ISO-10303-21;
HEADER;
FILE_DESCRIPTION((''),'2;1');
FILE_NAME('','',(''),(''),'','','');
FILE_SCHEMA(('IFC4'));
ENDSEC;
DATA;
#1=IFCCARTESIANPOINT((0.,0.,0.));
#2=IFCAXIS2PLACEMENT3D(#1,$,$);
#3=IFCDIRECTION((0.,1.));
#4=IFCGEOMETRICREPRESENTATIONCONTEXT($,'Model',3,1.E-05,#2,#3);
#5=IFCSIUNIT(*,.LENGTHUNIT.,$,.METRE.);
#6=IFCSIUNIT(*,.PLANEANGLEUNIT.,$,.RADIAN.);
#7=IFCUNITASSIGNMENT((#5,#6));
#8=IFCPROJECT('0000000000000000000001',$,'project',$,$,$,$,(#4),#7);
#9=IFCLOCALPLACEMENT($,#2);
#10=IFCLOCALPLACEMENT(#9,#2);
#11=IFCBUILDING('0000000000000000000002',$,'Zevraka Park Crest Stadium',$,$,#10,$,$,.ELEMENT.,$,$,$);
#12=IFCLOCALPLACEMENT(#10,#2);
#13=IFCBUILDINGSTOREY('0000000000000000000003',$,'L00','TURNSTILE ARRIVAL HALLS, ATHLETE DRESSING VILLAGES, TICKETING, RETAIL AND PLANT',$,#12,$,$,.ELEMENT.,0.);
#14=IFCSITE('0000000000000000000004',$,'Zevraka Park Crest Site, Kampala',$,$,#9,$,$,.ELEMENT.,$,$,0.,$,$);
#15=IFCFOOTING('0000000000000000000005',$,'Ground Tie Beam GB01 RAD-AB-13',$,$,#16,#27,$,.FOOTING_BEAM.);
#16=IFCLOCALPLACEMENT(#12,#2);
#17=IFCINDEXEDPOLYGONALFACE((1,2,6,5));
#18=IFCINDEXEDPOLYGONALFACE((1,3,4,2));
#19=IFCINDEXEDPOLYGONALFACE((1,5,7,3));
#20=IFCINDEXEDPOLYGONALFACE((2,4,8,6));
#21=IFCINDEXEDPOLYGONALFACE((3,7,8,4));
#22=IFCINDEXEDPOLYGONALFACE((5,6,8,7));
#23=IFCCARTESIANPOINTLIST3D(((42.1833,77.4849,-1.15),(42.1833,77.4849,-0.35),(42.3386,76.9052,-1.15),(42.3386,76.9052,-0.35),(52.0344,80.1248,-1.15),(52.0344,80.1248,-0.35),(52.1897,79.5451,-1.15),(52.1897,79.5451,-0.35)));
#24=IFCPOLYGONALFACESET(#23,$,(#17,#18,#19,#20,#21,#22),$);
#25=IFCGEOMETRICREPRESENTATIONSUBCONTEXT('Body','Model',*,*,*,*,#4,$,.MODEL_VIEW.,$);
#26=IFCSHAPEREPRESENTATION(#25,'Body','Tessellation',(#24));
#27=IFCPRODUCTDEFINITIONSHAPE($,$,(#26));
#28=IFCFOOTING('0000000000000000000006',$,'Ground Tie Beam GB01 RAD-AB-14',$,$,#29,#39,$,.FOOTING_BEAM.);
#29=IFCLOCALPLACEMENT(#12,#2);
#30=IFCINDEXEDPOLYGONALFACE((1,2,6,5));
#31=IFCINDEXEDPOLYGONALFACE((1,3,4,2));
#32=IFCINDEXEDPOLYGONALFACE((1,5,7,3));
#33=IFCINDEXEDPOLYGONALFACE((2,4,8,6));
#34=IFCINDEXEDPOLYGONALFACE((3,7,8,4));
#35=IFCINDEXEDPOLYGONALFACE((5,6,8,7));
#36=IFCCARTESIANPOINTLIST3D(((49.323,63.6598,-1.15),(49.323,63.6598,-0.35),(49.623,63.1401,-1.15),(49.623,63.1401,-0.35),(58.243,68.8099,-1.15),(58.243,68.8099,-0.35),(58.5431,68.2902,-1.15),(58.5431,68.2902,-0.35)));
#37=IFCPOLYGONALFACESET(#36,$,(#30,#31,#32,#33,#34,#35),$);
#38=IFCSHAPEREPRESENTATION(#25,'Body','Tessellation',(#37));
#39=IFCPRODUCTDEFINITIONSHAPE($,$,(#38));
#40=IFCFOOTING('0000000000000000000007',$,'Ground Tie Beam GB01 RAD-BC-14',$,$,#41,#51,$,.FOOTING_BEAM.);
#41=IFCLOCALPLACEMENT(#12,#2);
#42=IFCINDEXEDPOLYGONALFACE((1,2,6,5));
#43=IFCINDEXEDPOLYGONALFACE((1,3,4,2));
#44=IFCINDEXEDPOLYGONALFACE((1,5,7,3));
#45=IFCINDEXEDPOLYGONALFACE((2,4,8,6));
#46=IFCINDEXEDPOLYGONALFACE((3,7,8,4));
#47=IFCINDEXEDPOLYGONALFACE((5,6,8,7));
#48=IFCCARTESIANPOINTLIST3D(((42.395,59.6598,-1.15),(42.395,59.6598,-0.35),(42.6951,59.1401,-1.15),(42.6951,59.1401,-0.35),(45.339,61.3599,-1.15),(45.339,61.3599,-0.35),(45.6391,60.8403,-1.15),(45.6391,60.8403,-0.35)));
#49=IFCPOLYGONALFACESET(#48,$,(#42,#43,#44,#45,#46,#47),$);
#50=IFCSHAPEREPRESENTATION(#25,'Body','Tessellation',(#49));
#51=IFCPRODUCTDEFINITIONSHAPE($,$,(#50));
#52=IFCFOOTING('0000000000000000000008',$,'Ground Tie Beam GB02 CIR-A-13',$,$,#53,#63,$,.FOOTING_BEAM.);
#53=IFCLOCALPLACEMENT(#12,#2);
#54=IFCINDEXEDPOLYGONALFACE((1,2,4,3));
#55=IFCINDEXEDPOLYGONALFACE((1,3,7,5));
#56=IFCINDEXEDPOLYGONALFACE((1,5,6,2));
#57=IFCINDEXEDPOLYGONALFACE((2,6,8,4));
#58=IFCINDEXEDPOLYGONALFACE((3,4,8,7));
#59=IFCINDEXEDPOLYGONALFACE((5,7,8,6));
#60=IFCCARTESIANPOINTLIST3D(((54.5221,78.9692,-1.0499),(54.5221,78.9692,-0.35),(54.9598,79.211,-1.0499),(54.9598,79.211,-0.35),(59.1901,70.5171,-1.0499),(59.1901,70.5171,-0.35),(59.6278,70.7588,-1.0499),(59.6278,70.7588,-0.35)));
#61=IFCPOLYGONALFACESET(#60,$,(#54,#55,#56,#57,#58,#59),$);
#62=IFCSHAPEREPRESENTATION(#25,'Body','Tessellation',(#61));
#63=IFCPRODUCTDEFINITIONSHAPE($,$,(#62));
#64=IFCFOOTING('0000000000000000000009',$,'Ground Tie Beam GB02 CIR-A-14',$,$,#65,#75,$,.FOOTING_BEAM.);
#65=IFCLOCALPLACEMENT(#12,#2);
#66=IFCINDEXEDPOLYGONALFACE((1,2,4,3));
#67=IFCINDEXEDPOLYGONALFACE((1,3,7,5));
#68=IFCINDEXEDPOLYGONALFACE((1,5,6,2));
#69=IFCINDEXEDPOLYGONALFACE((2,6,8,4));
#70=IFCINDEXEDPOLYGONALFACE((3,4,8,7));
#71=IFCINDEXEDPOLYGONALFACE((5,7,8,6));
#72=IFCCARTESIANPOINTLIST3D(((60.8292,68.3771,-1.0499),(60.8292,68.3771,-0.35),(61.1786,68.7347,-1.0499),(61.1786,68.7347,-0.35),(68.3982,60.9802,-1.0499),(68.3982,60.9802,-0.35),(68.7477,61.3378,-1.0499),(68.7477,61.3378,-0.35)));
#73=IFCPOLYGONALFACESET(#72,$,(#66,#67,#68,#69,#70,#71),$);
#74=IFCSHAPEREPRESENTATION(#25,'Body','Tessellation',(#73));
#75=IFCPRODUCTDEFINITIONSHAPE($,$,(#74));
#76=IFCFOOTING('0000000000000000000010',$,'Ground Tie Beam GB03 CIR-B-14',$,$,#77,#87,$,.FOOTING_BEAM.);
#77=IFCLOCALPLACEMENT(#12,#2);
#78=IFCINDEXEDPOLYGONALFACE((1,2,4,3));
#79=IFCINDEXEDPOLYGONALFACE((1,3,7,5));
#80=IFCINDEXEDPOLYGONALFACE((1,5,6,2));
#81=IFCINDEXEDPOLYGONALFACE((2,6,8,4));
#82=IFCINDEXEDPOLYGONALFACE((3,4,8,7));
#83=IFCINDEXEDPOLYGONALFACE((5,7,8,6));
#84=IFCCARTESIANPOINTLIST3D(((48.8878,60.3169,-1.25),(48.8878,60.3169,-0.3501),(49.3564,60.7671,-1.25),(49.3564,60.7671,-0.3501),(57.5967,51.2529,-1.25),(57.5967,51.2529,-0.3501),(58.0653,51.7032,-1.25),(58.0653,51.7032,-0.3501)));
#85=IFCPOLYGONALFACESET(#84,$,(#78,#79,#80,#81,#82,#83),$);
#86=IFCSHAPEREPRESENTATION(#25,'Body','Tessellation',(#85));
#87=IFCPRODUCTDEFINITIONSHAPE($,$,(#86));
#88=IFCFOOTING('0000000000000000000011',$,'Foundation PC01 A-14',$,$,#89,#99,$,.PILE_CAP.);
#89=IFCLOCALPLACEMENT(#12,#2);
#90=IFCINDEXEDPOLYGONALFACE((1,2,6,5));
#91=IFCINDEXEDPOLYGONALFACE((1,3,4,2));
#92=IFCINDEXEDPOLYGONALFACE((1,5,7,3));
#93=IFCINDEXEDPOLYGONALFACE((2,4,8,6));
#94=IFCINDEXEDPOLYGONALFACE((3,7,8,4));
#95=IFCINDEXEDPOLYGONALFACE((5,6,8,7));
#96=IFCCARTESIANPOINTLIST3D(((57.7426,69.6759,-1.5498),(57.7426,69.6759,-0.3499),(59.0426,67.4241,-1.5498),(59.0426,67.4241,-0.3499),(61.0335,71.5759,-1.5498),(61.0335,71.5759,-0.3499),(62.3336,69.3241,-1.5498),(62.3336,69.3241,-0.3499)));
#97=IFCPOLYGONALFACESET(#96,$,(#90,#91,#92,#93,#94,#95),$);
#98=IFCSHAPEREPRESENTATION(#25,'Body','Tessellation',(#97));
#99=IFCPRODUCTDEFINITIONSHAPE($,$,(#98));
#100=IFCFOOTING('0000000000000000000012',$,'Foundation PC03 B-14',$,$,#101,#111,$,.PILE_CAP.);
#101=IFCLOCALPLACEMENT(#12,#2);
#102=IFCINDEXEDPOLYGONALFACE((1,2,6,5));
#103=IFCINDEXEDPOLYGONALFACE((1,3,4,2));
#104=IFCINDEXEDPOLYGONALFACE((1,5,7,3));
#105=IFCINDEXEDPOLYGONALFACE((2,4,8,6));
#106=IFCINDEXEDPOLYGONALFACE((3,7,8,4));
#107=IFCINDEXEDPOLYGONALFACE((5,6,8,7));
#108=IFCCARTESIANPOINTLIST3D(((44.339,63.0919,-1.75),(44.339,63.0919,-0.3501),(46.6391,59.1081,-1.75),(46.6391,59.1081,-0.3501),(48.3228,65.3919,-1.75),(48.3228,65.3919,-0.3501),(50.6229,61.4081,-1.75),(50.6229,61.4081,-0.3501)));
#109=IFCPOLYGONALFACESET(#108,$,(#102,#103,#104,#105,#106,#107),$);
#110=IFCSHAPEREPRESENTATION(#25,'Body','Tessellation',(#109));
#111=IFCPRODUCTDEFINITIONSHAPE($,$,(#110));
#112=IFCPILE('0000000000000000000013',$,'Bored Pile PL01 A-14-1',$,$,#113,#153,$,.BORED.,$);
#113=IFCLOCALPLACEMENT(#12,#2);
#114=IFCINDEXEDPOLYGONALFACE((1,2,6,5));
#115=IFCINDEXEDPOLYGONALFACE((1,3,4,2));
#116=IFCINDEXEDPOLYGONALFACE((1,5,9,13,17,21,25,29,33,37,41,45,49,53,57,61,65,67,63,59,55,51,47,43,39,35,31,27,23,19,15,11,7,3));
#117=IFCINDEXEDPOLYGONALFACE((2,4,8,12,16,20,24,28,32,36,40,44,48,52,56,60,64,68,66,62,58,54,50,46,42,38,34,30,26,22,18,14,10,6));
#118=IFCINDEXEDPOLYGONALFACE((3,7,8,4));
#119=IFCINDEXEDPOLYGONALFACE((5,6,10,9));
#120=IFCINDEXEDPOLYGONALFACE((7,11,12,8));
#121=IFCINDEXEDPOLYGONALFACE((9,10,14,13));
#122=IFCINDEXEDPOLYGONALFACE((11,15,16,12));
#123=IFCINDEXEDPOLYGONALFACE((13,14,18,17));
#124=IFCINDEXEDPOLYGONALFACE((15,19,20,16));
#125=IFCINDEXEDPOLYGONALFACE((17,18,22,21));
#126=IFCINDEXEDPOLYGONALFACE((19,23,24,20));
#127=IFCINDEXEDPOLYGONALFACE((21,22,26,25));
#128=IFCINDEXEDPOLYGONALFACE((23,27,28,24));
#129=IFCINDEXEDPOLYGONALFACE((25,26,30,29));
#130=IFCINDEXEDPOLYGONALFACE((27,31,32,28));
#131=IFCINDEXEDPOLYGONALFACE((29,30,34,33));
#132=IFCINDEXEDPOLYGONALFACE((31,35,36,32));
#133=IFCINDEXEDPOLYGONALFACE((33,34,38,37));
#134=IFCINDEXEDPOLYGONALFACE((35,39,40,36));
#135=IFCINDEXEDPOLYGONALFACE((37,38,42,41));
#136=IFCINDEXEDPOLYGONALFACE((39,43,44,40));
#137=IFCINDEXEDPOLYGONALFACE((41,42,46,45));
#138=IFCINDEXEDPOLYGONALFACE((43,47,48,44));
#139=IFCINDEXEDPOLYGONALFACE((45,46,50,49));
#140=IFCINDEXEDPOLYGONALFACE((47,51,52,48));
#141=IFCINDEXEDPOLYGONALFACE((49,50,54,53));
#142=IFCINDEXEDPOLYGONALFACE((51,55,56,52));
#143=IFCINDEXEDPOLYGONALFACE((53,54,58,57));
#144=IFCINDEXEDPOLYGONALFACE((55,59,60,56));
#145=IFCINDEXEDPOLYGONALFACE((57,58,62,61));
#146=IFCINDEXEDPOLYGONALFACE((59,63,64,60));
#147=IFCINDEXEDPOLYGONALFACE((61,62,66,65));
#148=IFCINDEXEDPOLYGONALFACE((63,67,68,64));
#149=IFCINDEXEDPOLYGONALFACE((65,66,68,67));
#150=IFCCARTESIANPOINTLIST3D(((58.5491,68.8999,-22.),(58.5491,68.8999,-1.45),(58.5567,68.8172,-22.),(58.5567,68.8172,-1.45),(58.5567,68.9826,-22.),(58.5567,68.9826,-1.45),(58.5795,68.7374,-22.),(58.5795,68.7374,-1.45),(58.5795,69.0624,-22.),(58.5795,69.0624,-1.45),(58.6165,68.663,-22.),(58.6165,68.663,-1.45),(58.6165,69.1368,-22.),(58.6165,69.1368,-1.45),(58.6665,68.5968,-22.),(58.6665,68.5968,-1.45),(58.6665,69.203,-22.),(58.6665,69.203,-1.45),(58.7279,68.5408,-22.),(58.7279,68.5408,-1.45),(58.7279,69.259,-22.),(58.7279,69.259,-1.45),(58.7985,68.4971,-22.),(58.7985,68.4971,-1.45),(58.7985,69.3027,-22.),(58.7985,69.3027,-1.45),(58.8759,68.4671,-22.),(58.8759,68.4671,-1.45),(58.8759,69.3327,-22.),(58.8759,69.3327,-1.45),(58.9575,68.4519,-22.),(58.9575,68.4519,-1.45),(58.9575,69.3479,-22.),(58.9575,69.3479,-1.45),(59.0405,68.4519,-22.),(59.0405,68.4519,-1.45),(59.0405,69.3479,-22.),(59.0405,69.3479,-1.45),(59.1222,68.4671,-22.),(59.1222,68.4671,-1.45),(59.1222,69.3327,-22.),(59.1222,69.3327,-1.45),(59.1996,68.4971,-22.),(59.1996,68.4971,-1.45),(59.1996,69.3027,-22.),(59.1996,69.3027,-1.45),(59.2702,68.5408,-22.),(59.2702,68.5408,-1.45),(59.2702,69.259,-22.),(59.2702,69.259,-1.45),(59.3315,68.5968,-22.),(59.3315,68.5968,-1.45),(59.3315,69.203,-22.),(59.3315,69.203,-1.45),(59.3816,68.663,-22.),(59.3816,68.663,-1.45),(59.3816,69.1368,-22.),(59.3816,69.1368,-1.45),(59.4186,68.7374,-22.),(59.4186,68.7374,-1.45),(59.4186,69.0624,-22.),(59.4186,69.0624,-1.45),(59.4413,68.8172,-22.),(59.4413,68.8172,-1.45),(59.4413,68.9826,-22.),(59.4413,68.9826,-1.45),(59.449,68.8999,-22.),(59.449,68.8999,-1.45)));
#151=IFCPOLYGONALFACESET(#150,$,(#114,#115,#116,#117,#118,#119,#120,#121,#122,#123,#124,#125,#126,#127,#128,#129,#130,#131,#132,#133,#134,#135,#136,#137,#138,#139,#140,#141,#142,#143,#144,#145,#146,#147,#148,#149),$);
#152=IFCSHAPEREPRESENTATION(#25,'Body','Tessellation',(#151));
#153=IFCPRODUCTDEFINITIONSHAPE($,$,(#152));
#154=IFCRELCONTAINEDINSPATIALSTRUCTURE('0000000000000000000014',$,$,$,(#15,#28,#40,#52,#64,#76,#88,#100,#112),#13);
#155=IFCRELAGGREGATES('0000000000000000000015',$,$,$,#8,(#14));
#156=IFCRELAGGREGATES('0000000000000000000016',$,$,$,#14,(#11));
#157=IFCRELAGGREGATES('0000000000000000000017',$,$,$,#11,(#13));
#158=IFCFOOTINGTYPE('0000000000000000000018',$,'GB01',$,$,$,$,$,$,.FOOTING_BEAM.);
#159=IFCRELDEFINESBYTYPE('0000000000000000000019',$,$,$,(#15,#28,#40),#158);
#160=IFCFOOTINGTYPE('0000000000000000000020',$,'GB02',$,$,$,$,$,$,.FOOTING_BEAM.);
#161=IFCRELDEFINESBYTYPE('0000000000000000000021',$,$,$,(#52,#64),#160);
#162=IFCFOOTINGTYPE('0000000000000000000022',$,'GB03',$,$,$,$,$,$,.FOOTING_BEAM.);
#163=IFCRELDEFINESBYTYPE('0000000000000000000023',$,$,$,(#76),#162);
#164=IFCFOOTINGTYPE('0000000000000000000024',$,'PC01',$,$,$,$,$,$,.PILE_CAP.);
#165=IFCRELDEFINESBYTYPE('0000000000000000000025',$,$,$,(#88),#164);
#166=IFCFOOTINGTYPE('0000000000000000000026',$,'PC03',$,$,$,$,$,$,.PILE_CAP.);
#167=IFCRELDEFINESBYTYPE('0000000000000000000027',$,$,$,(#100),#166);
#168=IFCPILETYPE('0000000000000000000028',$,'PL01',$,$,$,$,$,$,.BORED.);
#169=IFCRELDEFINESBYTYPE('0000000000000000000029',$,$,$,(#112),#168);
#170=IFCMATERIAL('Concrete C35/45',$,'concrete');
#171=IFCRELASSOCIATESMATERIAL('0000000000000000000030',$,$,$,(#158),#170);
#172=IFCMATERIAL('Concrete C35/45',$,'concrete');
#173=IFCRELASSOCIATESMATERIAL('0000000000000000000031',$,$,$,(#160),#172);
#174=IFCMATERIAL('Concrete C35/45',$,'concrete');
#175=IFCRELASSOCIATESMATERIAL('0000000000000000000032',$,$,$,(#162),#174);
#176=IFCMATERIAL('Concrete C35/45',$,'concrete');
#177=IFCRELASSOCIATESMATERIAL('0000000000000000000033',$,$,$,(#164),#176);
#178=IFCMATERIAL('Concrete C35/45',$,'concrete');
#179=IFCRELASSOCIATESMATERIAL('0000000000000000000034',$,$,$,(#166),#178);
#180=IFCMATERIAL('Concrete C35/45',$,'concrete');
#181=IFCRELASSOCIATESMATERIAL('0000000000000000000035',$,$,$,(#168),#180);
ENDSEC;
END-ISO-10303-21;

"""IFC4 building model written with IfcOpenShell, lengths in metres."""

from ifc_helpers import new_model, si_unit, direction, frame, origin, origin_2d, place, context, subcontext, project, spatial, rectangle, circle, extrude, material, material_profile, profile_set, type_object, element, save


model = new_model("IFC4")

# Units and contexts
model_context = context("Model", 3, precision=1e-05, world=origin(), true_north=direction((0.0, 1.0)))
body_context = subcontext(model_context, "Body", "Model", "MODEL_VIEW")
ifc_project = project(units=[si_unit("LENGTHUNIT", "METRE"), si_unit("PLANEANGLEUNIT", "RADIAN")], contexts=[model_context])

# Site, building, storey
site_placement = place(None, origin())
site = spatial("IfcSite", under=ifc_project, at=site_placement, Name="Zevraka Park Crest Site, Kampala", CompositionType="ELEMENT", RefElevation=0.0)
building_placement = place(site_placement, origin())
building = spatial("IfcBuilding", under=site, at=building_placement, Name="Zevraka Park Crest Stadium", CompositionType="ELEMENT")
storey_placement = place(building_placement, origin())
storey = spatial("IfcBuildingStorey", under=building, at=storey_placement, Name="L00", Description="TURNSTILE ARRIVAL HALLS, ATHLETE DRESSING VILLAGES, TICKETING, RETAIL AND PLANT", CompositionType="ELEMENT", Elevation=0.0)

# Footings
ifc_material_1 = material(Name="Concrete C35/45", Category="concrete")
ifc_material_profile_1 = material_profile(ifc_material_1, rectangle(XDim=0.6001, YDim=0.8, at=origin_2d()), Name="GB 800x600")
ifc_profile_set_1 = profile_set([ifc_material_profile_1], Name="Concrete C35/45")
footing_type_1 = type_object("IfcFootingType", Name="GB01", PredefinedType="FOOTING_BEAM", material=ifc_profile_set_1)
footing_1_placement = place(storey_placement, frame((52.1121, 79.835, -0.75), z_axis=(-0.965918, -0.258847, 0.0), x_axis=(0.258847, -0.965918, 0.0)))
element("IfcFooting", 1, at=footing_1_placement, inside=storey, type_object=footing_type_1, Name="Ground Tie Beam GB01 RAD-AB-13", PredefinedType="FOOTING_BEAM", context=body_context, shape_type="SweptSolid", body=[
    extrude(rectangle(XDim=0.6001, YDim=0.8, at=origin_2d()), origin(), (0.0, 0.0, 1.0), 10.1987),
])
footing_2_placement = place(storey_placement, frame((58.3931, 68.55, -0.75), z_axis=(-0.866022, -0.500006, 0.0), x_axis=(0.500006, -0.866022, 0.0)))
element("IfcFooting", 2, at=footing_2_placement, inside=storey, type_object=footing_type_1, Name="Ground Tie Beam GB01 RAD-AB-14", PredefinedType="FOOTING_BEAM", context=body_context, shape_type="SweptSolid", body=[
    extrude(rectangle(XDim=0.6001, YDim=0.8, at=origin_2d()), origin(), (0.0, 0.0, 1.0), 10.3),
])
footing_3_placement = place(storey_placement, frame((45.489, 61.1001, -0.75), z_axis=(-0.865972, -0.500093, 0.0), x_axis=(0.500093, -0.865972, 0.0)))
element("IfcFooting", 3, at=footing_3_placement, inside=storey, type_object=footing_type_1, Name="Ground Tie Beam GB01 RAD-BC-14", PredefinedType="FOOTING_BEAM", context=body_context, shape_type="SweptSolid", body=[
    extrude(rectangle(XDim=0.6001, YDim=0.8, at=origin_2d()), origin(), (0.0, 0.0, 1.0), 3.3997),
])
ifc_material_2 = material(Name="Concrete C35/45", Category="concrete")
ifc_material_profile_2 = material_profile(ifc_material_2, rectangle(XDim=0.5, YDim=0.7, at=origin_2d()), Name="GB 700x500")
ifc_profile_set_2 = profile_set([ifc_material_profile_2], Name="Concrete C35/45")
footing_type_2 = type_object("IfcFootingType", Name="GB02", PredefinedType="FOOTING_BEAM", material=ifc_profile_set_2)
footing_4_placement = place(storey_placement, frame((54.741, 79.0901, -0.7), z_axis=(0.483452, -0.875371, 0.0), x_axis=(0.875371, 0.483452, 0.0)))
element("IfcFooting", 4, at=footing_4_placement, inside=storey, type_object=footing_type_2, Name="Ground Tie Beam GB02 CIR-A-13", PredefinedType="FOOTING_BEAM", context=body_context, shape_type="SweptSolid", body=[
    extrude(rectangle(XDim=0.5, YDim=0.7, at=origin_2d()), origin(), (0.0, 0.0, 1.0), 9.6555),
])
footing_5_placement = place(storey_placement, frame((61.0039, 68.5559, -0.7), z_axis=(0.715192, -0.698928, 0.0), x_axis=(0.698928, 0.715192, 0.0)))
element("IfcFooting", 5, at=footing_5_placement, inside=storey, type_object=footing_type_2, Name="Ground Tie Beam GB02 CIR-A-14", PredefinedType="FOOTING_BEAM", context=body_context, shape_type="SweptSolid", body=[
    extrude(rectangle(XDim=0.5, YDim=0.7, at=origin_2d()), origin(), (0.0, 0.0, 1.0), 10.5833),
])
ifc_material_3 = material(Name="Concrete C35/45", Category="concrete")
ifc_material_profile_3 = material_profile(ifc_material_3, rectangle(XDim=0.6499, YDim=0.8999, at=origin_2d()), Name="GB 900x650")
ifc_profile_set_3 = profile_set([ifc_material_profile_3], Name="Concrete C35/45")
footing_type_3 = type_object("IfcFootingType", Name="GB03", PredefinedType="FOOTING_BEAM", material=ifc_profile_set_3)
footing_6_placement = place(storey_placement, frame((49.1221, 60.542, -0.8), z_axis=(0.692846, -0.721086, 0.0), x_axis=(0.721086, 0.692846, 0.0)))
element("IfcFooting", 6, at=footing_6_placement, inside=storey, type_object=footing_type_3, Name="Ground Tie Beam GB03 CIR-B-14", PredefinedType="FOOTING_BEAM", context=body_context, shape_type="SweptSolid", body=[
    extrude(rectangle(XDim=0.6499, YDim=0.8999, at=origin_2d()), origin(), (0.0, 0.0, 1.0), 12.5698),
])
ifc_material_4 = material(Name="Concrete C35/45", Category="concrete")
footing_type_4 = type_object("IfcFootingType", Name="PC01", PredefinedType="PILE_CAP", material=ifc_material_4)
footing_7_placement = place(storey_placement, frame((60.0381, 69.5, -1.5498), z_axis=(0.0, 0.0, 1.0), x_axis=(0.866025, 0.5, 0.0)))
element("IfcFooting", 7, at=footing_7_placement, inside=storey, type_object=footing_type_4, Name="Foundation PC01 A-14", PredefinedType="PILE_CAP", context=body_context, shape_type="SweptSolid", body=[
    extrude(rectangle(XDim=3.8, YDim=2.6001, at=origin_2d()), origin(), (0.0, 0.0, 1.0), 1.2),
])
ifc_material_5 = material(Name="Concrete C35/45", Category="concrete")
footing_type_5 = type_object("IfcFootingType", Name="PC03", PredefinedType="PILE_CAP", material=ifc_material_5)
footing_8_placement = place(storey_placement, frame((47.481, 62.25, -1.75), z_axis=(0.0, 0.0, 1.0), x_axis=(0.866025, 0.5, 0.0)))
element("IfcFooting", 8, at=footing_8_placement, inside=storey, type_object=footing_type_5, Name="Foundation PC03 B-14", PredefinedType="PILE_CAP", context=body_context, shape_type="SweptSolid", body=[
    extrude(rectangle(XDim=4.6001, YDim=4.6001, at=origin_2d()), origin(), (0.0, 0.0, 1.0), 1.3999),
])

# Pile
ifc_material_6 = material(Name="Concrete C35/45", Category="concrete")
ifc_material_profile_4 = material_profile(ifc_material_6, circle(Radius=0.45, at=origin_2d()), Name="PILE D900")
ifc_profile_set_4 = profile_set([ifc_material_profile_4], Name="Concrete C35/45")
pile_type_1 = type_object("IfcPileType", Name="PL01", PredefinedType="BORED", material=ifc_profile_set_4)
for number, where, z_axis, x_axis, name in (
    (9, (58.999, 68.8999, -1.45), (0.0, 0.0, -1.0), (1.0, 0.0, 0.0), "Bored Pile PL01 A-14-1"),
):
    element("IfcPile", number, at=place(storey_placement, frame(where, z_axis=z_axis, x_axis=x_axis)), inside=storey, type_object=pile_type_1, Name=name, PredefinedType="BORED", context=body_context, shape_type="SweptSolid", body=[
        extrude(circle(Radius=0.45, at=origin_2d()), origin(), (0.0, 0.0, 1.0), 20.55),
    ])

save(model, "model.ifc")
